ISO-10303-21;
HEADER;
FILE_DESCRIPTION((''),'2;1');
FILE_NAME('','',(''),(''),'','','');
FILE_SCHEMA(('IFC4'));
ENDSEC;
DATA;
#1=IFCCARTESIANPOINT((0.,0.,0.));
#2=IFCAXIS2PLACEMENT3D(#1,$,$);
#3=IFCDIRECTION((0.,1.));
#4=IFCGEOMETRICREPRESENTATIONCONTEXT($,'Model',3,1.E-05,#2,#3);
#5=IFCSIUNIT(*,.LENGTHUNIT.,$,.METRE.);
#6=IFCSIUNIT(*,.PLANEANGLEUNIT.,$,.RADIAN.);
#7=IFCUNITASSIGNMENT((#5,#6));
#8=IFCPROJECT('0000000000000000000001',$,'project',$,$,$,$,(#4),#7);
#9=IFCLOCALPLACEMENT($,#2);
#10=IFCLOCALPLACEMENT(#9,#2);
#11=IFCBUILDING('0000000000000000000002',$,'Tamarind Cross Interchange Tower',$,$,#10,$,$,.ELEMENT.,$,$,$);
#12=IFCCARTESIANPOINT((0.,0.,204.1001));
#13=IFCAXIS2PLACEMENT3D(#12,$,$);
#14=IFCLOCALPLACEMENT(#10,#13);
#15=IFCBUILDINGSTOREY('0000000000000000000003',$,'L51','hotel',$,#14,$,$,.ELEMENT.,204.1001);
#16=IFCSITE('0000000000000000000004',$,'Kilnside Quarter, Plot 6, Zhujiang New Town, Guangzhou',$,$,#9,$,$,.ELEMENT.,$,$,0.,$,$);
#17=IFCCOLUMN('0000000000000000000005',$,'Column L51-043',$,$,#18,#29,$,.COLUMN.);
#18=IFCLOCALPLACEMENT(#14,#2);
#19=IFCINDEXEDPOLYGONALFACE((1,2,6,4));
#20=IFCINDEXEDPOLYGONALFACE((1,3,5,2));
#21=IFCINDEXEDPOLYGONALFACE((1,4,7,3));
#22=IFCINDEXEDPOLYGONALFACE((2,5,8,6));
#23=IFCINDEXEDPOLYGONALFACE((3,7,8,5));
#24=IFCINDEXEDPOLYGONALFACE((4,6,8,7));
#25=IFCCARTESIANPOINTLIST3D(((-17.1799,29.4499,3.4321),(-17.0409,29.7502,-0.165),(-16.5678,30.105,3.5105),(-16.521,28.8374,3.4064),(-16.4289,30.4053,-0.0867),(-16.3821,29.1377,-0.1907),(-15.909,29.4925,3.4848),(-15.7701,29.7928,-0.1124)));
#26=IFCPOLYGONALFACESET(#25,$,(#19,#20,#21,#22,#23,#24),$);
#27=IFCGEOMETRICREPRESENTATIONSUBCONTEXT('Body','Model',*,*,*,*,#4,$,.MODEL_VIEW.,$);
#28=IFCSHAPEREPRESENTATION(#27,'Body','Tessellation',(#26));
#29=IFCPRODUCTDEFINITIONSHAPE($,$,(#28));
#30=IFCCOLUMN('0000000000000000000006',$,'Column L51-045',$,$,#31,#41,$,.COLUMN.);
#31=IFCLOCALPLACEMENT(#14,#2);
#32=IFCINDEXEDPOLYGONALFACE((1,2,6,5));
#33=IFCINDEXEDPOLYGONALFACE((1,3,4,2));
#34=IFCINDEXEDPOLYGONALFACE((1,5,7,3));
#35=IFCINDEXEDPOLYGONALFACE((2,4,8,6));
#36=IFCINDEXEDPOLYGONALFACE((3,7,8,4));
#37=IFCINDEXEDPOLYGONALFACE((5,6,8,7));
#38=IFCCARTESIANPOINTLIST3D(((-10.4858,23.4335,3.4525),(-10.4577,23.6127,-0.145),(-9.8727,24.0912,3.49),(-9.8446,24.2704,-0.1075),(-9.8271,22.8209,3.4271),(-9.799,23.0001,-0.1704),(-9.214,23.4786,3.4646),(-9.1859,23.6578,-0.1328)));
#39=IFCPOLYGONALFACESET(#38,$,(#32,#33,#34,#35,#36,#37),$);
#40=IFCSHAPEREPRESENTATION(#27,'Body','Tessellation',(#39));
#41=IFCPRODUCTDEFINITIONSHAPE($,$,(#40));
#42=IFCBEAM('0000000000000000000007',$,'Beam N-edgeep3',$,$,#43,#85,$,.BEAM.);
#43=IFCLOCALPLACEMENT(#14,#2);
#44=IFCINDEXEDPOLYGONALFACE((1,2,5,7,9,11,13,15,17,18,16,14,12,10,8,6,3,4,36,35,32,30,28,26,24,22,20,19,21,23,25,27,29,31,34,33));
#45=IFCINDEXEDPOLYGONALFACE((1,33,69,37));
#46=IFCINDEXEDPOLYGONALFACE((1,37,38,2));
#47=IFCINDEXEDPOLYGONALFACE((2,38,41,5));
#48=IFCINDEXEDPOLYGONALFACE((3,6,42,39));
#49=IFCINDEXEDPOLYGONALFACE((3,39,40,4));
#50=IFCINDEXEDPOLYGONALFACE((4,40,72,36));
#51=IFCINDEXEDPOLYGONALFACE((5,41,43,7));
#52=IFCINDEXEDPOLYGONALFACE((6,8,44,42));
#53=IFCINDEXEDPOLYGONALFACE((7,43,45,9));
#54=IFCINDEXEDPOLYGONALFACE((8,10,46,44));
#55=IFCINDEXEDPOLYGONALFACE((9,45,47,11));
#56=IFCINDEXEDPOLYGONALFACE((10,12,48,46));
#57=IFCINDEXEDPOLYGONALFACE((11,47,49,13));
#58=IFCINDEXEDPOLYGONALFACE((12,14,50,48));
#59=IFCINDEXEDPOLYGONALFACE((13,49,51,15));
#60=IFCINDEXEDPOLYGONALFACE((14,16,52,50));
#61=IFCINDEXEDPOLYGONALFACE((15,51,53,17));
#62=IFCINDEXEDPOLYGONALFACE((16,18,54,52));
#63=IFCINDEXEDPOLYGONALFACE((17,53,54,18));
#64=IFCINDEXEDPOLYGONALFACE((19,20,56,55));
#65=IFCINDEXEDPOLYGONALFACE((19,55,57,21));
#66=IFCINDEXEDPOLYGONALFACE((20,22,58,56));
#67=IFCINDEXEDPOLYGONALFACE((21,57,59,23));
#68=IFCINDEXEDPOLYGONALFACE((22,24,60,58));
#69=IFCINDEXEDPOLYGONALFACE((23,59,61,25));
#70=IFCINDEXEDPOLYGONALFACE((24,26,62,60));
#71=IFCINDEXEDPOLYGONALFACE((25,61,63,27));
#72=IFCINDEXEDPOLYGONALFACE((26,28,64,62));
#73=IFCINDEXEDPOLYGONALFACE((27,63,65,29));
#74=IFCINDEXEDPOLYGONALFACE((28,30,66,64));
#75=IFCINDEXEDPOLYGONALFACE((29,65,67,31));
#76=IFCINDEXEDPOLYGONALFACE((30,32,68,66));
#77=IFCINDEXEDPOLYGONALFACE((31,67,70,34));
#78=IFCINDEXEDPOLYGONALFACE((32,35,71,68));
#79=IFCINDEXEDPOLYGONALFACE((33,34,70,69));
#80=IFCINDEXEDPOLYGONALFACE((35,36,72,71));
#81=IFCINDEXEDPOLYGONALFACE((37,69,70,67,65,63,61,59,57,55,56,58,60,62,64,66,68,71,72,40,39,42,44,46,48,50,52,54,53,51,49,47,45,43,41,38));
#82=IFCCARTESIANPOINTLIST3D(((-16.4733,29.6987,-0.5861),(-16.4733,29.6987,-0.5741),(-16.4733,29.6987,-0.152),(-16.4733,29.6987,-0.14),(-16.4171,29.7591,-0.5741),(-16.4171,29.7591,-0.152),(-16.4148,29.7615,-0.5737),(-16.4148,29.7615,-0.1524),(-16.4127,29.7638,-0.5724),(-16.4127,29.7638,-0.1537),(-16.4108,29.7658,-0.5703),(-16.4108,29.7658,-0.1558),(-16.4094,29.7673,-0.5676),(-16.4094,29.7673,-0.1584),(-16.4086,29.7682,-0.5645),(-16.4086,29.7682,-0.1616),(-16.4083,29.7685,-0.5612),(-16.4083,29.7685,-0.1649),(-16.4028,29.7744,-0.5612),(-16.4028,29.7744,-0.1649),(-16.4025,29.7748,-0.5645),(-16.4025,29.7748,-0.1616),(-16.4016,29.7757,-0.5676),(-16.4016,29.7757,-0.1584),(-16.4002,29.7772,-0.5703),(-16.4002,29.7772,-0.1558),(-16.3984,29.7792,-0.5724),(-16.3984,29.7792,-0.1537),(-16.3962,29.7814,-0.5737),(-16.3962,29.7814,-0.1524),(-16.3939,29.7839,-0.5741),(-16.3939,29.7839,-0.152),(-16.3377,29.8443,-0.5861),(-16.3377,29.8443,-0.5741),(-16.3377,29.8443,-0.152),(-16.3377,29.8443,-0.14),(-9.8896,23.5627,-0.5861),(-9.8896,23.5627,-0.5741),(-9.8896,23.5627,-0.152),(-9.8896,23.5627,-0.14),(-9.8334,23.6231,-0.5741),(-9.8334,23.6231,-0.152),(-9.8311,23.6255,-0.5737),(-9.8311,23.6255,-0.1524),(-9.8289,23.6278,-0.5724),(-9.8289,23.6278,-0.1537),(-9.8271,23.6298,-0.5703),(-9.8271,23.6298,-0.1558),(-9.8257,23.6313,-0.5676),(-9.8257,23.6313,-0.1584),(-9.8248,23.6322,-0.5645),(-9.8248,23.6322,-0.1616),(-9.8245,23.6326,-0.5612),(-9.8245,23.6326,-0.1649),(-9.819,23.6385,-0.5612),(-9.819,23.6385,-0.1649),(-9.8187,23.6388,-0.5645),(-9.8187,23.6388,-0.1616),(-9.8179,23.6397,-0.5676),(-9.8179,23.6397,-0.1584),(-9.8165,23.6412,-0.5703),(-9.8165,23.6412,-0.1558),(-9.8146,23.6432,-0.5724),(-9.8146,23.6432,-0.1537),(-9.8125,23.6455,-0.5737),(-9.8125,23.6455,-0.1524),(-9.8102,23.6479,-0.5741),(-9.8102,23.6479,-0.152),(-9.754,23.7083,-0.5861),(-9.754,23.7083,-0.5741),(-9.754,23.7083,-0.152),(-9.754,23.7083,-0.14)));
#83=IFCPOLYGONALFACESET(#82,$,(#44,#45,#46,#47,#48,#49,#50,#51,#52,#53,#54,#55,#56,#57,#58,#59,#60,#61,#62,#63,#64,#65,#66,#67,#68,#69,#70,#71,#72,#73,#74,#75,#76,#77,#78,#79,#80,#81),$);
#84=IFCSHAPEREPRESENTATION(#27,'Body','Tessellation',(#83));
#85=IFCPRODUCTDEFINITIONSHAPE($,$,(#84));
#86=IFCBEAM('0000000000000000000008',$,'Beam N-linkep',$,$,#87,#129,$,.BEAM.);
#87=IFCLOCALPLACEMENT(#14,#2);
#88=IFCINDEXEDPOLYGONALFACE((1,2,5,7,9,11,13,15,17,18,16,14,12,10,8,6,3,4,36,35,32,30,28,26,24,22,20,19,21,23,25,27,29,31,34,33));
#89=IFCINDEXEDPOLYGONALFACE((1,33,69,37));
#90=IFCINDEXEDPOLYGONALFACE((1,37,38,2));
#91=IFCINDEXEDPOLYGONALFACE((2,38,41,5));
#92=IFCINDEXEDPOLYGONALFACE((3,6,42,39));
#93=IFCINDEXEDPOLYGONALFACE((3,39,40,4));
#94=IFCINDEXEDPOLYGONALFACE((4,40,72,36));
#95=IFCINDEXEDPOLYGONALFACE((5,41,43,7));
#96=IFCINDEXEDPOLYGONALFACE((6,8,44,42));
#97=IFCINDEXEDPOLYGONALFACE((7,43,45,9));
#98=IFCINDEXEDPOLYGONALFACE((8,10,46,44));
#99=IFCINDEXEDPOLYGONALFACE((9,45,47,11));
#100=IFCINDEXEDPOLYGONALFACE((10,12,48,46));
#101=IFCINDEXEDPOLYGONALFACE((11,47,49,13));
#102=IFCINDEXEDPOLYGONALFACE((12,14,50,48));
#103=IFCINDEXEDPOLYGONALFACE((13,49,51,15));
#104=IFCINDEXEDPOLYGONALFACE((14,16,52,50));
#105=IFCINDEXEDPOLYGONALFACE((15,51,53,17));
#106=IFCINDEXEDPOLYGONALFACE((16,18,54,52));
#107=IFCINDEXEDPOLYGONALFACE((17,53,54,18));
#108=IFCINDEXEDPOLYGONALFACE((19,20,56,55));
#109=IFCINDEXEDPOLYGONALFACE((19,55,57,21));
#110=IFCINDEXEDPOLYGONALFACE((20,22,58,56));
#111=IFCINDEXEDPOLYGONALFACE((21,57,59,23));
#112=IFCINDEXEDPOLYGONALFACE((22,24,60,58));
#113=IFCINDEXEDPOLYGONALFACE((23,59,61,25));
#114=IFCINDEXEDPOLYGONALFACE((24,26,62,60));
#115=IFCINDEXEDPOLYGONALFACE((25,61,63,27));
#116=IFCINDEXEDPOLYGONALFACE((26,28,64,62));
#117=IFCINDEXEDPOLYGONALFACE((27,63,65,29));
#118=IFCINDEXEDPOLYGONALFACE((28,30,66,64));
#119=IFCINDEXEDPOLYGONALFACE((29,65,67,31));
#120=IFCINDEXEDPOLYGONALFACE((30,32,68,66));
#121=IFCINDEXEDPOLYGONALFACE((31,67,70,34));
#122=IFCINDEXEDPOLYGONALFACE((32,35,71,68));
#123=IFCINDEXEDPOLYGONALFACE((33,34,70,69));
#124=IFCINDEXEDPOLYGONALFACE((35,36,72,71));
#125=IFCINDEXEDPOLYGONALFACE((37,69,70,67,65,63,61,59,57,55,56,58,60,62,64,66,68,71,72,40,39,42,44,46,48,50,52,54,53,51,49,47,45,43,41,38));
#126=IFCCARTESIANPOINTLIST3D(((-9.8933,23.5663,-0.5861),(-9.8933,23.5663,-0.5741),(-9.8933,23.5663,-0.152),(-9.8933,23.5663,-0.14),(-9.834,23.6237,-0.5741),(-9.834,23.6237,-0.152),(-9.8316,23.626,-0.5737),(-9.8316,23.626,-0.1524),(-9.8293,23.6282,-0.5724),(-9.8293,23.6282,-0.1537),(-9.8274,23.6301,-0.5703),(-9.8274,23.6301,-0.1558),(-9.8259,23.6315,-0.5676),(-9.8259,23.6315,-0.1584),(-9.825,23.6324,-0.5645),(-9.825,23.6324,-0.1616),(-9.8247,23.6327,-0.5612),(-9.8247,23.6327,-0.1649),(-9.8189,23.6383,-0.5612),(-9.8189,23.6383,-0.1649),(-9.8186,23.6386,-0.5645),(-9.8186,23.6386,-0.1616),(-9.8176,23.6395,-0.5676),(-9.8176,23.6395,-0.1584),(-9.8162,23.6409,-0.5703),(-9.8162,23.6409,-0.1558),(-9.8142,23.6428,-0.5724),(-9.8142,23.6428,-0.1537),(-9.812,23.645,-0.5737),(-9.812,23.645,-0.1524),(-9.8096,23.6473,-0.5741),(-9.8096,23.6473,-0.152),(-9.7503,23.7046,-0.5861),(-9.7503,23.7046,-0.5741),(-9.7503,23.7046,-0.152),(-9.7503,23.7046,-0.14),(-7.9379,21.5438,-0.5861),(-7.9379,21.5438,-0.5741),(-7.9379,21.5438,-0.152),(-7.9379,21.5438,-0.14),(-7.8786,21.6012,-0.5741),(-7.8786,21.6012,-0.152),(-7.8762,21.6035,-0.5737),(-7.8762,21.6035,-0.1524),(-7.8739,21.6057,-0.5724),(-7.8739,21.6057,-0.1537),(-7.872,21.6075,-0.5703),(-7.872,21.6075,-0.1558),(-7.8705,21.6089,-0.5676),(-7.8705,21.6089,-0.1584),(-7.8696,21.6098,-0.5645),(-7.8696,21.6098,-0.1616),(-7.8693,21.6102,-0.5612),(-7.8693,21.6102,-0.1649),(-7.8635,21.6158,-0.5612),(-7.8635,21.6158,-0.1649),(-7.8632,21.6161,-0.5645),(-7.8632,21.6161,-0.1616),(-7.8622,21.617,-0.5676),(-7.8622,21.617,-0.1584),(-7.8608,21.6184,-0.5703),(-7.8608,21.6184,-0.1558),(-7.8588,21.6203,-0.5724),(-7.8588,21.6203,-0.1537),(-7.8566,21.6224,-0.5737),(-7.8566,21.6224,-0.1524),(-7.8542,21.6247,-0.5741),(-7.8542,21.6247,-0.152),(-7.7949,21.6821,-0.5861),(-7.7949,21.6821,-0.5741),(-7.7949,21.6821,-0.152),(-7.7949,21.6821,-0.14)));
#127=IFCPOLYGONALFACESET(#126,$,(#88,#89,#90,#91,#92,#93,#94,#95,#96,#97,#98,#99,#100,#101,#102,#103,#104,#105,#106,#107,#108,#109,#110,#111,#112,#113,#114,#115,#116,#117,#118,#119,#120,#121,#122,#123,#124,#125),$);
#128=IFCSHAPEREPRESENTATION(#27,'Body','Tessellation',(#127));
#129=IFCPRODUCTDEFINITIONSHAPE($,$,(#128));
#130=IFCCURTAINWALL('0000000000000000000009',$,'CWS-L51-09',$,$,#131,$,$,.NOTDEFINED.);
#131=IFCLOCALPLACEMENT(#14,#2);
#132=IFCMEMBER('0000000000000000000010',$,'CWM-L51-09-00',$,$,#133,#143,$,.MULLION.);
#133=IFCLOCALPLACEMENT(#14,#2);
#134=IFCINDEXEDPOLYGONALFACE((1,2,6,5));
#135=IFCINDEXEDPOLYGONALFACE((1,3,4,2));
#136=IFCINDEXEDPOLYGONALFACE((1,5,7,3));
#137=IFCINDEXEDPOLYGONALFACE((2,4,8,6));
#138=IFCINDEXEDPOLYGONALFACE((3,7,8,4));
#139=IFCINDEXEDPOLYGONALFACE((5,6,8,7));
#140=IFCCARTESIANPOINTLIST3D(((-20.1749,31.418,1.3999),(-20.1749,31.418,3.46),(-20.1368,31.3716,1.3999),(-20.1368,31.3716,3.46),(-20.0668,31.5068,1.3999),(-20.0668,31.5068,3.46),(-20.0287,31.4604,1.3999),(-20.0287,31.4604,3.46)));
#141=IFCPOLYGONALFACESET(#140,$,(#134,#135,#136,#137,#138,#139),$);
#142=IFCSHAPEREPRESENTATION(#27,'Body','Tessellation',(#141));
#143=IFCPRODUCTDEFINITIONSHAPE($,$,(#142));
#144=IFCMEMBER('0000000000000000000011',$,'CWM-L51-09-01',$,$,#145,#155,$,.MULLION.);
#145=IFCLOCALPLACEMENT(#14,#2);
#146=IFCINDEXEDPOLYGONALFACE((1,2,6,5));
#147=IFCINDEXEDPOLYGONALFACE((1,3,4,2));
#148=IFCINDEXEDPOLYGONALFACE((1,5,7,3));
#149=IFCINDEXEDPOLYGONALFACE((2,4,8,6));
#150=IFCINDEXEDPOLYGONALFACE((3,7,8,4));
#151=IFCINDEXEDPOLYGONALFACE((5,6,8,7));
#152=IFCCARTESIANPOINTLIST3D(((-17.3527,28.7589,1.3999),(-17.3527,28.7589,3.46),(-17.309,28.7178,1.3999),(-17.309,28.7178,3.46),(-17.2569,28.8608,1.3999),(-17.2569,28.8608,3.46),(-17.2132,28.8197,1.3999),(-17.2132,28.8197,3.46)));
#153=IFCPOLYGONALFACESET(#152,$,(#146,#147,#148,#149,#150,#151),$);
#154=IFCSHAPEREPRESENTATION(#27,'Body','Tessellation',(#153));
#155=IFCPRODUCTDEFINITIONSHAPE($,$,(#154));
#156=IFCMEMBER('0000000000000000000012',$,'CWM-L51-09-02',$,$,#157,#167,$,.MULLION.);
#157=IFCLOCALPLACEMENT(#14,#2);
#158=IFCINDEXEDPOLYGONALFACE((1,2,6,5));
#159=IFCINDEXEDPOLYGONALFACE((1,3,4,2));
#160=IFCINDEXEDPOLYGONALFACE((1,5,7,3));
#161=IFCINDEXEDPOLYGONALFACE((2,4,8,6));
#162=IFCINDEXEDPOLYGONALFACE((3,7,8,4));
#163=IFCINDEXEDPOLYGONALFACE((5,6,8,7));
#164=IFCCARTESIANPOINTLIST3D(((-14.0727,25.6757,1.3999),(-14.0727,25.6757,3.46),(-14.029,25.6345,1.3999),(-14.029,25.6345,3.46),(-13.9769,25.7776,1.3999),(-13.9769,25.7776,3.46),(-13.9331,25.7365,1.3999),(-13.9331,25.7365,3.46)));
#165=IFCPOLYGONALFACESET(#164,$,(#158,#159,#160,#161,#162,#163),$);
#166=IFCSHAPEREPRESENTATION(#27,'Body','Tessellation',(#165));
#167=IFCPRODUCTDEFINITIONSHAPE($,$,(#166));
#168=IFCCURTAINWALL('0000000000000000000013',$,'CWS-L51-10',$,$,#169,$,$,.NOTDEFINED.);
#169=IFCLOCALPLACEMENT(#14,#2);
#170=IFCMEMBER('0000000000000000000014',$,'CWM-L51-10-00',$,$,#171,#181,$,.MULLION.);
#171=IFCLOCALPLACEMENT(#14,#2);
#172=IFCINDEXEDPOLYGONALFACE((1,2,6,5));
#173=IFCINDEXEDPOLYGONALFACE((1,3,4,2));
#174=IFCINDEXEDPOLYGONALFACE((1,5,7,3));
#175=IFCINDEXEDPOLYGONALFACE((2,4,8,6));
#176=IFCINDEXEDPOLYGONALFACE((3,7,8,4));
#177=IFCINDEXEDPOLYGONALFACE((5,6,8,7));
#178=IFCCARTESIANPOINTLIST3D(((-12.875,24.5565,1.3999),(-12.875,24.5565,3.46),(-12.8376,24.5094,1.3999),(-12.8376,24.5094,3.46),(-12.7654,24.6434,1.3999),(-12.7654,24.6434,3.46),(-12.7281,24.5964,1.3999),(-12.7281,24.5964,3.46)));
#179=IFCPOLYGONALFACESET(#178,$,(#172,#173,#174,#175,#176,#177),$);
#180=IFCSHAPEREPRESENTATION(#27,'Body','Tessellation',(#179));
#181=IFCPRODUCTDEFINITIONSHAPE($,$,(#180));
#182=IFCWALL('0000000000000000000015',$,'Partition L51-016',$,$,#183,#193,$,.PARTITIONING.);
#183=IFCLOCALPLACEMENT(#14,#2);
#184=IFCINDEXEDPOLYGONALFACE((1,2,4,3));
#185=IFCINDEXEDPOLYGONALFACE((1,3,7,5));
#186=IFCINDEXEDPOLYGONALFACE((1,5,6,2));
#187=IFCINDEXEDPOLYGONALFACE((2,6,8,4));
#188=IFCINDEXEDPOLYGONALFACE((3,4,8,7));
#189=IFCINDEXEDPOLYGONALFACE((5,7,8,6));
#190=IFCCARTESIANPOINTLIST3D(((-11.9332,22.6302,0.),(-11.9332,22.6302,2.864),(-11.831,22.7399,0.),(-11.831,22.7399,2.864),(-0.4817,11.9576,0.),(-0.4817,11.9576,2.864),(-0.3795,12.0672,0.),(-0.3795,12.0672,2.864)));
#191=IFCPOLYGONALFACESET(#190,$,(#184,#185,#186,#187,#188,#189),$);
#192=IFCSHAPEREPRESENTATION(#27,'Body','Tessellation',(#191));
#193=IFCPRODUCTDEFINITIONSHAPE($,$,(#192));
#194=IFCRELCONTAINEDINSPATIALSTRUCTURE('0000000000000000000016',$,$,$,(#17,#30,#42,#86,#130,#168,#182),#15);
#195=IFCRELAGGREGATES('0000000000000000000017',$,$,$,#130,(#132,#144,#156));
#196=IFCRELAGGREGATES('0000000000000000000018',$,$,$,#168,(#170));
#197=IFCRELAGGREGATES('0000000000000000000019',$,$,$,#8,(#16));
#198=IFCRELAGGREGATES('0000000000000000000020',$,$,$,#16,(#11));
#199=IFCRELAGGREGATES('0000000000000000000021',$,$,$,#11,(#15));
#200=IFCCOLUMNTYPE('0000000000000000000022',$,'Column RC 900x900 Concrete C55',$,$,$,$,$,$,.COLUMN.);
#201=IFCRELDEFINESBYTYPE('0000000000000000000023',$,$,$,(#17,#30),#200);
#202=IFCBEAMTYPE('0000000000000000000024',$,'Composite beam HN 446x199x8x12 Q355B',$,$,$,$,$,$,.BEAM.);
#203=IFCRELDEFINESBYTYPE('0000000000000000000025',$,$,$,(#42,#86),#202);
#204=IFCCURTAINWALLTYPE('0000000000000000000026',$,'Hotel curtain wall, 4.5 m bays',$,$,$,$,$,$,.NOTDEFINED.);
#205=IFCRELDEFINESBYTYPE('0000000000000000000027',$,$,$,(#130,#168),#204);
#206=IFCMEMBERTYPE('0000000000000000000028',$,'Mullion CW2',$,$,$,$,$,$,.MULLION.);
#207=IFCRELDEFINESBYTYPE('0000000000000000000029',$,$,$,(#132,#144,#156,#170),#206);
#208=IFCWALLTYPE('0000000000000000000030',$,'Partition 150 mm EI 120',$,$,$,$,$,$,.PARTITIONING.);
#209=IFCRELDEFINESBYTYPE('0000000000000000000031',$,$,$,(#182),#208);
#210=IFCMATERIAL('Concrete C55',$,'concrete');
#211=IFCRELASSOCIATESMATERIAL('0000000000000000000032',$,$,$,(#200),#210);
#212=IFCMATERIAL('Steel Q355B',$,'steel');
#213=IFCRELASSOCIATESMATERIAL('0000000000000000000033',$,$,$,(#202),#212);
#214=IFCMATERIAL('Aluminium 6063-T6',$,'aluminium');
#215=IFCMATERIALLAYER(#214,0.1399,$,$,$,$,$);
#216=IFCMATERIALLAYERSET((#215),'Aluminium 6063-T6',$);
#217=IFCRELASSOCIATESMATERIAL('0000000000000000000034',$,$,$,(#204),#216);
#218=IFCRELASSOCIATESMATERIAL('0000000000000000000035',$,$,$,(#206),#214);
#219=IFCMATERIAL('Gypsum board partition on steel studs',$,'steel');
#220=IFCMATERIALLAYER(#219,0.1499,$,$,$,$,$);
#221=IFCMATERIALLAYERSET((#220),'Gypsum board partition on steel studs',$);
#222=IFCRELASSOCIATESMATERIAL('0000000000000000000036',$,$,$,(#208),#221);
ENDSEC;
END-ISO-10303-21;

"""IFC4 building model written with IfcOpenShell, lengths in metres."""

from ifc_helpers import new_model, si_unit, direction, frame, frame_2d, origin, origin_2d, place, context, subcontext, project, spatial, rectangle, i_section, extrude, material, layer, layer_set, material_profile, profile_set, type_object, element, aggregate, save


model = new_model("IFC4")

# Units and contexts
model_context = context("Model", 3, precision=1e-05, world=origin(), true_north=direction((0.0, 1.0)))
body_context = subcontext(model_context, "Body", "Model", "MODEL_VIEW")
ifc_project = project(units=[si_unit("LENGTHUNIT", "METRE"), si_unit("PLANEANGLEUNIT", "RADIAN")], contexts=[model_context])

# Site, building, storey
site_placement = place(None, origin())
site = spatial("IfcSite", under=ifc_project, at=site_placement, Name="Kilnside Quarter, Plot 6, Zhujiang New Town, Guangzhou", CompositionType="ELEMENT", RefElevation=0.0)
building_placement = place(site_placement, origin())
building = spatial("IfcBuilding", under=site, at=building_placement, Name="Tamarind Cross Interchange Tower", CompositionType="ELEMENT")
storey_placement = place(building_placement, frame((0.0, 0.0, 204.1001)))
storey = spatial("IfcBuildingStorey", under=building, at=storey_placement, Name="L51", Description="hotel", CompositionType="ELEMENT", Elevation=204.1001)

# Columns
ifc_material_1 = material(Name="Concrete C55", Category="concrete")
ifc_material_profile_1 = material_profile(ifc_material_1, rectangle(XDim=0.8999, YDim=0.8999, at=origin_2d()), Name="RC 900x900")
ifc_profile_set_1 = profile_set([ifc_material_profile_1], Name="Concrete C55")
column_type = type_object("IfcColumnType", Name="Column RC 900x900 Concrete C55", PredefinedType="COLUMN", material=ifc_profile_set_1)
column_1_placement = place(storey_placement, frame((-16.4055, 29.7715, -0.1387), z_axis=(-0.038456, -0.083129, 0.995796), x_axis=(0.68012, 0.727917, 0.087032)))
element("IfcColumn", 1, at=column_1_placement, inside=storey, type_object=column_type, Name="Column L51-043", PredefinedType="COLUMN", context=body_context, shape_type="SweptSolid", body=[
    extrude(rectangle(XDim=0.8999, YDim=0.8999, at=origin_2d()), origin(), (0.0, 0.0, 1.0), 3.6123),
])
column_2_placement = place(storey_placement, frame((-9.8218, 23.6353, -0.1389), z_axis=(-0.007795, -0.04975, 0.998731), x_axis=(0.681291, 0.730823, 0.041722)))
element("IfcColumn", 2, at=column_2_placement, inside=storey, type_object=column_type, Name="Column L51-045", PredefinedType="COLUMN", context=body_context, shape_type="SweptSolid", body=[
    extrude(rectangle(XDim=0.8999, YDim=0.8999, at=origin_2d()), origin(), (0.0, 0.0, 1.0), 3.6021),
])

# Beams
ifc_material_2 = material(Name="Steel Q355B", Category="steel")
ifc_material_profile_2 = material_profile(ifc_material_2, i_section(OverallWidth=0.199, OverallDepth=0.446, WebThickness=0.0081, FlangeThickness=0.012, FilletRadius=0.0129, at=origin_2d()), Name="HN 446x199x8x12")
ifc_profile_set_2 = profile_set([ifc_material_profile_2], Name="Steel Q355B")
beam_type = type_object("IfcBeamType", Name="Composite beam HN 446x199x8x12 Q355B", PredefinedType="BEAM", material=ifc_profile_set_2)
beam_1_placement = place(storey_placement, frame((-16.4055, 29.7715, -0.363), z_axis=(0.731545, -0.681793, 0.0), x_axis=(0.681793, 0.731545, 0.0)))
element("IfcBeam", 3, at=beam_1_placement, inside=storey, type_object=beam_type, Name="Beam N-edgeep3", PredefinedType="BEAM", context=body_context, shape_type="SweptSolid", body=[
    extrude(i_section(OverallWidth=0.199, OverallDepth=0.446, WebThickness=0.0081, FlangeThickness=0.012, FilletRadius=0.0129, at=origin_2d()), origin(), (0.0, 0.0, 1.0), 8.9998),
])
beam_2_placement = place(storey_placement, frame((-9.8218, 23.6355, -0.363), z_axis=(0.695073, -0.718939, 0.0), x_axis=(0.718939, 0.695073, 0.0)))
element("IfcBeam", 4, at=beam_2_placement, inside=storey, type_object=beam_type, Name="Beam N-linkep", PredefinedType="BEAM", context=body_context, shape_type="SweptSolid", body=[
    extrude(i_section(OverallWidth=0.199, OverallDepth=0.446, WebThickness=0.0081, FlangeThickness=0.012, FilletRadius=0.0129, at=origin_2d()), origin(), (0.0, 0.0, 1.0), 2.8132),
])

# Curtain wall, members
ifc_material_3 = material(Name="Aluminium 6063-T6", Category="aluminium")
ifc_layer_1 = layer(ifc_material_3, 0.1399)
ifc_layer_set_1 = layer_set([ifc_layer_1], Name="Aluminium 6063-T6")
curtain_wall_type = type_object("IfcCurtainWallType", Name="Hotel curtain wall, 4.5 m bays", PredefinedType="NOTDEFINED", material=ifc_layer_set_1)
curtain_wall_1_placement = place(storey_placement, origin())
curtain_wall_1 = element("IfcCurtainWall", 5, at=curtain_wall_1_placement, inside=storey, type_object=curtain_wall_type, Name="CWS-L51-09", PredefinedType="NOTDEFINED")
ifc_material_profile_3 = material_profile(ifc_material_3, rectangle(XDim=0.0601, YDim=0.1399, at=origin_2d()), Name="Mullion CW2")
ifc_profile_set_3 = profile_set([ifc_material_profile_3], Name="Aluminium 6063-T6")
member_type = type_object("IfcMemberType", Name="Mullion CW2", PredefinedType="MULLION", material=ifc_profile_set_3)
member_1_placement = place(storey_placement, frame((-20.1018, 31.4392, 1.3999), z_axis=(0.0, 0.0, 1.0), x_axis=(0.634635, -0.772812, 0.0)))
member_1 = element("IfcMember", 6, at=member_1_placement, type_object=member_type, Name="CWM-L51-09-00", PredefinedType="MULLION", context=body_context, shape_type="SweptSolid", body=[
    extrude(rectangle(XDim=0.0601, YDim=0.1399, at=origin_2d()), origin(), (0.0, 0.0, 1.0), 2.0601),
])
member_2_placement = place(storey_placement, frame((-17.283, 28.7893, 1.3999), z_axis=(0.0, 0.0, 1.0), x_axis=(0.728609, -0.68493, 0.0)))
member_2 = element("IfcMember", 7, at=member_2_placement, type_object=member_type, Name="CWM-L51-09-01", PredefinedType="MULLION", context=body_context, shape_type="SweptSolid", body=[
    extrude(rectangle(XDim=0.0601, YDim=0.1399, at=origin_2d()), origin(), (0.0, 0.0, 1.0), 2.0601),
])
member_3_placement = place(storey_placement, frame((-14.0029, 25.7061, 1.3999), z_axis=(0.0, 0.0, 1.0), x_axis=(0.728609, -0.68493, 0.0)))
member_3 = element("IfcMember", 8, at=member_3_placement, type_object=member_type, Name="CWM-L51-09-02", PredefinedType="MULLION", context=body_context, shape_type="SweptSolid", body=[
    extrude(rectangle(XDim=0.0601, YDim=0.1399, at=origin_2d()), origin(), (0.0, 0.0, 1.0), 2.0601),
])
aggregate(curtain_wall_1, [member_1, member_2, member_3])

# Curtain wall, member
curtain_wall_2_placement = place(storey_placement, origin())
curtain_wall_2 = element("IfcCurtainWall", 9, at=curtain_wall_2_placement, inside=storey, type_object=curtain_wall_type, Name="CWS-L51-10", PredefinedType="NOTDEFINED")
member_4_placement = place(storey_placement, frame((-12.8015, 24.5764, 1.3999), z_axis=(0.0, 0.0, 1.0), x_axis=(0.621633, -0.783309, 0.0)))
member_4 = element("IfcMember", 10, at=member_4_placement, type_object=member_type, Name="CWM-L51-10-00", PredefinedType="MULLION", context=body_context, shape_type="SweptSolid", body=[
    extrude(rectangle(XDim=0.0601, YDim=0.1399, at=origin_2d()), origin(), (0.0, 0.0, 1.0), 2.0601),
])
aggregate(curtain_wall_2, [member_4])

# Wall
ifc_material_4 = material(Name="Gypsum board partition on steel studs", Category="steel")
ifc_layer_2 = layer(ifc_material_4, 0.1499)
ifc_layer_set_2 = layer_set([ifc_layer_2], Name="Gypsum board partition on steel studs")
wall_type = type_object("IfcWallType", Name="Partition 150 mm EI 120", PredefinedType="PARTITIONING", material=ifc_layer_set_2)
wall_1_placement = place(storey_placement, frame((-11.8821, 22.6851, 0.0), z_axis=(0.0, 0.0, 1.0), x_axis=(0.731545, -0.681793, 0.0)))
element("IfcWall", 11, at=wall_1_placement, inside=storey, type_object=wall_type, Name="Partition L51-016", PredefinedType="PARTITIONING", context=body_context, shape_type="SweptSolid", body=[
    extrude(rectangle(XDim=15.6538, YDim=0.1499, at=frame_2d((7.8269, 0.0))), origin(), (0.0, 0.0, 1.0), 2.864),
])

save(model, "model.ifc")
